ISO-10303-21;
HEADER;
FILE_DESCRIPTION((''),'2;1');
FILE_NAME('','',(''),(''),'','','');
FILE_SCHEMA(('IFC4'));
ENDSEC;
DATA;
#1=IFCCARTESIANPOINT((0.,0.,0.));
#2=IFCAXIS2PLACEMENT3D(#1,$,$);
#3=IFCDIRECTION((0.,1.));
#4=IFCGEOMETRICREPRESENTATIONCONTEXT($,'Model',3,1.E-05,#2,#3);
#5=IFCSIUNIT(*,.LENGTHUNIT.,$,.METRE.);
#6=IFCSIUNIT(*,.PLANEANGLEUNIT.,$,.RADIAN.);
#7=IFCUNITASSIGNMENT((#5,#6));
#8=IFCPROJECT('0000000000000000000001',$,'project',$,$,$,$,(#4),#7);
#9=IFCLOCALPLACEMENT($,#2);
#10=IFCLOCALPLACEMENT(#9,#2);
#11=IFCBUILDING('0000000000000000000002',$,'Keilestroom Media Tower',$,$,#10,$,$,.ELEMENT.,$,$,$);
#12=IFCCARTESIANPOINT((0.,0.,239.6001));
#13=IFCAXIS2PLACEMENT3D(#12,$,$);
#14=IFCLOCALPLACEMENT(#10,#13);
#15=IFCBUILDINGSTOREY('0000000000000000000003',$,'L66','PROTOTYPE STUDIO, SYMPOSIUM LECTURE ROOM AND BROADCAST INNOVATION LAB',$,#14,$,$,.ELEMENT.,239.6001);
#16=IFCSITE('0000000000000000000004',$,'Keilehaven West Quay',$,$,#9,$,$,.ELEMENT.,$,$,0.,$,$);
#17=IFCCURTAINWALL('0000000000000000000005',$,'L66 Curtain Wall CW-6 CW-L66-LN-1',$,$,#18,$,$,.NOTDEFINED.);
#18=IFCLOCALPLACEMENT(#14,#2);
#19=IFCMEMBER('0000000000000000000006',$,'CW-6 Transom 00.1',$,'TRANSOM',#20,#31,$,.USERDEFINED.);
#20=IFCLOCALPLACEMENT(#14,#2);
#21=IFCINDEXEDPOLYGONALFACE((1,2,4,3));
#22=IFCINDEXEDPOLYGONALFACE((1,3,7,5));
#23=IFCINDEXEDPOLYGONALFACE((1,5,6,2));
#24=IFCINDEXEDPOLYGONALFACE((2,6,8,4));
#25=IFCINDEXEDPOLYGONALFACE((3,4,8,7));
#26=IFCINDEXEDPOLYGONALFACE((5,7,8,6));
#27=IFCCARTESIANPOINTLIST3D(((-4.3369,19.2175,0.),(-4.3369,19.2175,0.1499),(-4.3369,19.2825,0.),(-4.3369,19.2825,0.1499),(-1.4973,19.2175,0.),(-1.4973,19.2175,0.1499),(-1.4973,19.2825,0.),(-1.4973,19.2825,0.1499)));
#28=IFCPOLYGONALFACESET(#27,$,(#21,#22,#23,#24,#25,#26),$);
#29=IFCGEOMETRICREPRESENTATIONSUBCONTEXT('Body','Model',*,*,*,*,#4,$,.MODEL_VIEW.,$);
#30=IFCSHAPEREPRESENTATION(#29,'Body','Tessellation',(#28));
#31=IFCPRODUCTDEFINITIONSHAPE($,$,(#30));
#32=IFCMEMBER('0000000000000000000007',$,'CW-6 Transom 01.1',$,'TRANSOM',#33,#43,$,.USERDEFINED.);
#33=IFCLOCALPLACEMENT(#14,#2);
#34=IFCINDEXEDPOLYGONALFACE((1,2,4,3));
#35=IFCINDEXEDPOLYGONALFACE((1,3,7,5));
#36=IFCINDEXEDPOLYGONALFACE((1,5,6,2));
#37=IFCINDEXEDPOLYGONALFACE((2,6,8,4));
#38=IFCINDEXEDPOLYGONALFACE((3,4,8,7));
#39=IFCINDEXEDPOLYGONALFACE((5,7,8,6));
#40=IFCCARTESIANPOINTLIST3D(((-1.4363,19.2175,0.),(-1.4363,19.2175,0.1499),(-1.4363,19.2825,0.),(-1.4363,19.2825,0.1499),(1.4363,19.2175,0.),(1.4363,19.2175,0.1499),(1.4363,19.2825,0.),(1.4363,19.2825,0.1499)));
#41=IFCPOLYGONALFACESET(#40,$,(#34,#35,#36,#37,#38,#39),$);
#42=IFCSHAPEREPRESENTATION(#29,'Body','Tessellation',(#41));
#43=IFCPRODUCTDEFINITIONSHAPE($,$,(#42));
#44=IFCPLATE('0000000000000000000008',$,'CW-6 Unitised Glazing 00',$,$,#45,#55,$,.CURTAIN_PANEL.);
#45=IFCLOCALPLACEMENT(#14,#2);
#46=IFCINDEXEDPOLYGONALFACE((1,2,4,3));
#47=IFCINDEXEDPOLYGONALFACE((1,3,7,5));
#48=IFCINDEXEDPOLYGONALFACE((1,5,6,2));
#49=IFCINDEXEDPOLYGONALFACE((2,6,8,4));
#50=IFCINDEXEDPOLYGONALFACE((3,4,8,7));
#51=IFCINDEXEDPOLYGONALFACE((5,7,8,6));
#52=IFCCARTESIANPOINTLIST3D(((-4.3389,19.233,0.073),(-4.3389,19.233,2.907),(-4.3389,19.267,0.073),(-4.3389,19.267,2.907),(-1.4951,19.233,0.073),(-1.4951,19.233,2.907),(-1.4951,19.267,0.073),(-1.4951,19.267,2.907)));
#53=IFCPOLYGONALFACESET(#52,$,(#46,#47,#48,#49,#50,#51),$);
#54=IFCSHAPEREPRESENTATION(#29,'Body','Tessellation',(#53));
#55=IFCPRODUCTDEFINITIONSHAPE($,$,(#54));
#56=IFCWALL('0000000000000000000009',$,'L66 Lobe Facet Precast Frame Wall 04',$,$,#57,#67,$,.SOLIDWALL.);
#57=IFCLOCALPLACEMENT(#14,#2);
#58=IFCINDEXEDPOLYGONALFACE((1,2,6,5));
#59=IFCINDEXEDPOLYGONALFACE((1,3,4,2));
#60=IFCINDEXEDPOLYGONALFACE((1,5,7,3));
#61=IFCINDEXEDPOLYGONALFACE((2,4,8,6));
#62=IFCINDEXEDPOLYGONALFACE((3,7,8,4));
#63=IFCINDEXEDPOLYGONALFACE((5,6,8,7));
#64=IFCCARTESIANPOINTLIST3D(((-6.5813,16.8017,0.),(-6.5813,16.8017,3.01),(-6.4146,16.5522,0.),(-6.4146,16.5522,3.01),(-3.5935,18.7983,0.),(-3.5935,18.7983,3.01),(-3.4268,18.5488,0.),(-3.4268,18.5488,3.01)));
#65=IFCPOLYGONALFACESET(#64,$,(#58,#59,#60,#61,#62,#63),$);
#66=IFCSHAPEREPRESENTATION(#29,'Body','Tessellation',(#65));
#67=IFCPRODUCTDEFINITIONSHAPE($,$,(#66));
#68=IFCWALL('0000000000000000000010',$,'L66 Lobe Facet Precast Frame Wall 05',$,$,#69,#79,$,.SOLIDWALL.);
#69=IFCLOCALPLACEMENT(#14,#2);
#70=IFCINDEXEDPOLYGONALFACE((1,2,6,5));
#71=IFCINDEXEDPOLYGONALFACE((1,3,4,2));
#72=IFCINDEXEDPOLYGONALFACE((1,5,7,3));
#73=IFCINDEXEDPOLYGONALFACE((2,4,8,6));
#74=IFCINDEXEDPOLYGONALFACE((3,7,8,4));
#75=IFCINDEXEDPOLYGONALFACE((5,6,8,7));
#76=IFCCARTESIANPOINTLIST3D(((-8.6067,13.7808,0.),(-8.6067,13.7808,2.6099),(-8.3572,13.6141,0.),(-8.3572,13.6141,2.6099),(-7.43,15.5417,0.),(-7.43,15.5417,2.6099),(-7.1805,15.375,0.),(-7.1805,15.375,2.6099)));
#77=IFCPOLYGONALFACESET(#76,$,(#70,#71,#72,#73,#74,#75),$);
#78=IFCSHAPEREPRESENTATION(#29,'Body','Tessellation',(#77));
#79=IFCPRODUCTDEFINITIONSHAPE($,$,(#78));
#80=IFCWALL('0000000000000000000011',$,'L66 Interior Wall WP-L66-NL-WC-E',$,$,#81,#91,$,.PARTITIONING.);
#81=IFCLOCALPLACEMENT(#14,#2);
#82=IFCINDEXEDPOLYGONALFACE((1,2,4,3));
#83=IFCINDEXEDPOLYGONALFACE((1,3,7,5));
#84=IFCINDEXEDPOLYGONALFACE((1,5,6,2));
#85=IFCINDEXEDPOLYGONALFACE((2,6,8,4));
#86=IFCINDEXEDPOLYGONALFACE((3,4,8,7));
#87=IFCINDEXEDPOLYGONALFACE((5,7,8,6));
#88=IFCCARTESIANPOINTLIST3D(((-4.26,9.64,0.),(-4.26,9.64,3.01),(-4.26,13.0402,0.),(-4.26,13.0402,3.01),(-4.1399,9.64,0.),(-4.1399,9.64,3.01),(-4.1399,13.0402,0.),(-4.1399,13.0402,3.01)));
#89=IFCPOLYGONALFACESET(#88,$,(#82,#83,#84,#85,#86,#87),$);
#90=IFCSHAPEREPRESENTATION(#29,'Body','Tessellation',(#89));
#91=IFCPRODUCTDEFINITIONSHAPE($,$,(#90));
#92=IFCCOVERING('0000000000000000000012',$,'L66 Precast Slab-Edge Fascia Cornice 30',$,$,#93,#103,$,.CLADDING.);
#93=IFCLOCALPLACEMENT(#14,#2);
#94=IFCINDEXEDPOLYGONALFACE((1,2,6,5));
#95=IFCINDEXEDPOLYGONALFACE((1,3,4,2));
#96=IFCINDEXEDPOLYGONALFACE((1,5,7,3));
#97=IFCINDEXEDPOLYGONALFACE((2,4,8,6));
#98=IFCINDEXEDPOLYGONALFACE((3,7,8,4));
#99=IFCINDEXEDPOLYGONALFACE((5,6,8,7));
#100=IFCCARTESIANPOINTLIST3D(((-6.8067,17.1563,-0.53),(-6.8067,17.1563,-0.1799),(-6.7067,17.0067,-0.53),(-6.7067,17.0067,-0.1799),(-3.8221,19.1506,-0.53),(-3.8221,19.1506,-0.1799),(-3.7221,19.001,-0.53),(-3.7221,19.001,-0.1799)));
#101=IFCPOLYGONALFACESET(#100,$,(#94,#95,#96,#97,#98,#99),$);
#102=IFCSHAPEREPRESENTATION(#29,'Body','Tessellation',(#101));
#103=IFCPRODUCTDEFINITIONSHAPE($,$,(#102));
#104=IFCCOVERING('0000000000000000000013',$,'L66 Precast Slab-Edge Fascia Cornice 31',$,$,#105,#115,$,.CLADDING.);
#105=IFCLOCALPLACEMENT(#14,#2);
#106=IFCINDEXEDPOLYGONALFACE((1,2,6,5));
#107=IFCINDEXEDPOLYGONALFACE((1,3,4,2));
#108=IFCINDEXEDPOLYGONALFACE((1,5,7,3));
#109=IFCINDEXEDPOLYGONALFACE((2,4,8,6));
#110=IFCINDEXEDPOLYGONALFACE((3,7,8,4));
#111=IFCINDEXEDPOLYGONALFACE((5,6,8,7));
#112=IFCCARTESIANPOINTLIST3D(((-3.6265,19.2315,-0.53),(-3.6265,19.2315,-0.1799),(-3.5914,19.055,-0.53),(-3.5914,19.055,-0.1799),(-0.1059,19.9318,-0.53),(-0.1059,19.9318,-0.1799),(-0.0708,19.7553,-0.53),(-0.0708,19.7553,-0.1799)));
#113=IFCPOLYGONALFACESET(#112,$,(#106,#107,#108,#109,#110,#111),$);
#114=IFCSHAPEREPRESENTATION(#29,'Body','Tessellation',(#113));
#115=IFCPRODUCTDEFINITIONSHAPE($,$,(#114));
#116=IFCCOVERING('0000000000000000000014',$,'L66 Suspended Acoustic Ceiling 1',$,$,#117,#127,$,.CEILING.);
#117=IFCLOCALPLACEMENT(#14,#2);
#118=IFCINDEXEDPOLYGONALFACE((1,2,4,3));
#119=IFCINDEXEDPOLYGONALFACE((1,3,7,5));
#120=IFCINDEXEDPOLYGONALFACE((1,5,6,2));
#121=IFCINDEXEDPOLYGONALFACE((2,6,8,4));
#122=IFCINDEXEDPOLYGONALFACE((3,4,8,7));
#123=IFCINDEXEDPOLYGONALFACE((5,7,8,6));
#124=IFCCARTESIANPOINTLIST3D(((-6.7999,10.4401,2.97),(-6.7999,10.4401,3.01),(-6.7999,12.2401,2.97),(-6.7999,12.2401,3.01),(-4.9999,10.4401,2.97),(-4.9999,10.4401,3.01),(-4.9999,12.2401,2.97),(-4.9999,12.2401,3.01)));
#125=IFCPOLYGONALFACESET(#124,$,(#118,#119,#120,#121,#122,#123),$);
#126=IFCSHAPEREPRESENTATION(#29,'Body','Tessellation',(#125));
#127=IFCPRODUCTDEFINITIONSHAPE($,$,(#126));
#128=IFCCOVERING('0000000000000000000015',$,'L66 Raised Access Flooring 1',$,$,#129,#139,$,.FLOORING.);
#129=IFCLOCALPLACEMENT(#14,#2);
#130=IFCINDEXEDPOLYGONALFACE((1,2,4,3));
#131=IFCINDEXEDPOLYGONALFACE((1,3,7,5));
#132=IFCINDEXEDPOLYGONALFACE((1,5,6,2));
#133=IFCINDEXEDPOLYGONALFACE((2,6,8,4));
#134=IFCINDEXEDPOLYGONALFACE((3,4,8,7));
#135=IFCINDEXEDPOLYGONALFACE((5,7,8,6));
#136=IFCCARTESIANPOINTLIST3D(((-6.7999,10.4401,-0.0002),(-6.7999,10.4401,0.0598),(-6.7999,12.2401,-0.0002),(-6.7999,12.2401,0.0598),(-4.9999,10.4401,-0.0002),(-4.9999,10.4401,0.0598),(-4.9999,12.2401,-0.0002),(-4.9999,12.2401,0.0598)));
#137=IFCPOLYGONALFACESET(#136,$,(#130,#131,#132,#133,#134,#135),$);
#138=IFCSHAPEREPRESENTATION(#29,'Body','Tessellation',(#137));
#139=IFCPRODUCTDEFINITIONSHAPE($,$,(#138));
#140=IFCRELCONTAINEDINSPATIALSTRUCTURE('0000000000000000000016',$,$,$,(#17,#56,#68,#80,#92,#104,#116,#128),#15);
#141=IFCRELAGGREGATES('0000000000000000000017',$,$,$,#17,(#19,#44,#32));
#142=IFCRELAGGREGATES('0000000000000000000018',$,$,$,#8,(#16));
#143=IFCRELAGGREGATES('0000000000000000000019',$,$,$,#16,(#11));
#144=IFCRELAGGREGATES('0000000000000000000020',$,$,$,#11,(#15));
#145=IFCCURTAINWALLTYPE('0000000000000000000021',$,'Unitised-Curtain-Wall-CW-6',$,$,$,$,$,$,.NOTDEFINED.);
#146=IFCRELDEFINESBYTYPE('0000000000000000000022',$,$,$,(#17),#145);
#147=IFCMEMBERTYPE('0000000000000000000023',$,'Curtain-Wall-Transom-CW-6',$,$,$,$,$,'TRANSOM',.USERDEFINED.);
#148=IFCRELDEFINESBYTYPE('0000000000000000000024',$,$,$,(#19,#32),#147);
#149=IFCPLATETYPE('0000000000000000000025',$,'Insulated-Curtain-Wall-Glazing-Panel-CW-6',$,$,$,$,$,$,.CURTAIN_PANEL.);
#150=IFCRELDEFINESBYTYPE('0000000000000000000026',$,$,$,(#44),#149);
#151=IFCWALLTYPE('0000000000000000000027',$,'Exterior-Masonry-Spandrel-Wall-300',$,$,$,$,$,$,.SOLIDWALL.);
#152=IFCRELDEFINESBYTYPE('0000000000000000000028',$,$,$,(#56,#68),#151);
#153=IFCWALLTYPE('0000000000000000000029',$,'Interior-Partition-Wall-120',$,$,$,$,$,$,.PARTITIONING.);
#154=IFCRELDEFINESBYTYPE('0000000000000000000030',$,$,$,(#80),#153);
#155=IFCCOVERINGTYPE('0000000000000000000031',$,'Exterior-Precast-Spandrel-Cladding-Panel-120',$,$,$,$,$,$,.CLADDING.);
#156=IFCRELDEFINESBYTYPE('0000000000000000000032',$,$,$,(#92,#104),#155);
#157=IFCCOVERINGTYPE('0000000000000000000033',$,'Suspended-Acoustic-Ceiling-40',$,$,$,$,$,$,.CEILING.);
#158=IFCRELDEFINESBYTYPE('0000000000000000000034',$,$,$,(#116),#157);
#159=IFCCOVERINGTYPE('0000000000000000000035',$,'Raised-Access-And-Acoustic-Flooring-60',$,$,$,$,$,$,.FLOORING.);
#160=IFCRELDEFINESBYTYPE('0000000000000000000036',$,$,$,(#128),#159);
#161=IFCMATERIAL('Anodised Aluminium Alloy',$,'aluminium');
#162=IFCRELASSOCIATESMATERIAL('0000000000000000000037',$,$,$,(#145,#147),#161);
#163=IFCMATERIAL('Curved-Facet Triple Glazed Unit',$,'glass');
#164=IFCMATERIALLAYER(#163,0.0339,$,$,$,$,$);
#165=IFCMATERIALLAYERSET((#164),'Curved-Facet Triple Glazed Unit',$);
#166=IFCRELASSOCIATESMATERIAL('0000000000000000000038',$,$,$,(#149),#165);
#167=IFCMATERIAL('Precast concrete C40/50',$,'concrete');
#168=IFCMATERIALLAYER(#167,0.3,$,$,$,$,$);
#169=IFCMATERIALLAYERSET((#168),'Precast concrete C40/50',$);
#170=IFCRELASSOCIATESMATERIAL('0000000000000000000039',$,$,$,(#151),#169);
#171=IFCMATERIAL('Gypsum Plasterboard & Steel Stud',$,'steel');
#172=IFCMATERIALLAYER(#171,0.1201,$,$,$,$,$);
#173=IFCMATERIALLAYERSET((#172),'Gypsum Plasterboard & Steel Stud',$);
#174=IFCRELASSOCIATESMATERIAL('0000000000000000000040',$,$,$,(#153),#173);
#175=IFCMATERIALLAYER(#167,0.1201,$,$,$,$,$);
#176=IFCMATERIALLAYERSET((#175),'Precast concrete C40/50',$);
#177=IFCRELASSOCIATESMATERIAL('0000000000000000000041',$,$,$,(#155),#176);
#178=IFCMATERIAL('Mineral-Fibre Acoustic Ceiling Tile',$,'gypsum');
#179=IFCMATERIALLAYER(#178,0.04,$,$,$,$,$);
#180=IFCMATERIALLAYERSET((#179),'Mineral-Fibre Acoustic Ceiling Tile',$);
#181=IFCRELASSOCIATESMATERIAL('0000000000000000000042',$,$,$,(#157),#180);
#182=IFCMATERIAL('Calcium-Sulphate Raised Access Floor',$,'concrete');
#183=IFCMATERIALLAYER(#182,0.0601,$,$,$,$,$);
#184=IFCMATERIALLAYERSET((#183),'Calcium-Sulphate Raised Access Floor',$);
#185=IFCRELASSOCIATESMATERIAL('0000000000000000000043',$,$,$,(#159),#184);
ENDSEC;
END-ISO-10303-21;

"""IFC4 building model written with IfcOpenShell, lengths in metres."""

from ifc_helpers import new_model, si_unit, direction, frame, frame_2d, origin, origin_2d, place, context, subcontext, project, spatial, rectangle, extrude, source, transform, mapped, material, layer, layer_set, material_profile, profile_set, type_object, element, aggregate, save


model = new_model("IFC4")

# Units and contexts
model_context = context("Model", 3, precision=1e-05, world=origin(), true_north=direction((0.0, 1.0)))
body_context = subcontext(model_context, "Body", "Model", "MODEL_VIEW")
ifc_project = project(units=[si_unit("LENGTHUNIT", "METRE"), si_unit("PLANEANGLEUNIT", "RADIAN")], contexts=[model_context])

# Site, building, storey
site_placement = place(None, origin())
site = spatial("IfcSite", under=ifc_project, at=site_placement, Name="Keilehaven West Quay", CompositionType="ELEMENT", RefElevation=0.0)
building_placement = place(site_placement, origin())
building = spatial("IfcBuilding", under=site, at=building_placement, Name="Keilestroom Media Tower", CompositionType="ELEMENT")
storey_placement = place(building_placement, frame((0.0, 0.0, 239.6001)))
storey = spatial("IfcBuildingStorey", under=building, at=storey_placement, Name="L66", Description="PROTOTYPE STUDIO, SYMPOSIUM LECTURE ROOM AND BROADCAST INNOVATION LAB", CompositionType="ELEMENT", Elevation=239.6001)

# Curtain wall, members, plate
ifc_material_1 = material(Name="Anodised Aluminium Alloy", Category="aluminium")
curtain_wall_type = type_object("IfcCurtainWallType", Name="Unitised-Curtain-Wall-CW-6", PredefinedType="NOTDEFINED", material=ifc_material_1)
curtain_wall_placement = place(storey_placement, origin())
curtain_wall = element("IfcCurtainWall", 1, at=curtain_wall_placement, inside=storey, type_object=curtain_wall_type, Name="L66 Curtain Wall CW-6 CW-L66-LN-1", PredefinedType="NOTDEFINED")
ifc_material_profile_1 = material_profile(ifc_material_1, rectangle(XDim=0.0649, YDim=0.1499, at=origin_2d()), Name="ALU TRANSOM 65x150")
ifc_profile_set_1 = profile_set([ifc_material_profile_1], Name="Anodised Aluminium Alloy")
member_type_1 = type_object("IfcMemberType", Name="Curtain-Wall-Transom-CW-6", ElementType="TRANSOM", PredefinedType="USERDEFINED", material=ifc_profile_set_1)
shared_shape_1 = source(origin(), body_context, "Body", "SweptSolid", [
    extrude(rectangle(XDim=0.0649, YDim=0.1499, at=origin_2d()), origin(), (0.0, 0.0, 1.0), 2.8396),
])
member_1_placement = place(storey_placement, frame((-4.3369, 19.25, 0.075), z_axis=(1.0, 0.0, 0.0), x_axis=(0.0, 1.0, 0.0)))
member_1 = element("IfcMember", 2, at=member_1_placement, type_object=member_type_1, Name="CW-6 Transom 00.1", ObjectType="TRANSOM", PredefinedType="USERDEFINED", context=body_context, shape_type="MappedRepresentation", body=[
    mapped(shared_shape_1, transform((0.0, 0.0, 0.0), x_axis=(1.0, 0.0, 0.0), y_axis=(0.0, 1.0, 0.0), z_axis=(0.0, 0.0, 1.0), scale=1.0)),
])
shared_shape_2 = source(origin(), body_context, "Body", "SweptSolid", [
    extrude(rectangle(XDim=0.0649, YDim=0.1499, at=origin_2d()), origin(), (0.0, 0.0, 1.0), 2.8726),
])
member_2_placement = place(storey_placement, frame((-1.4363, 19.25, 0.075), z_axis=(1.0, 0.0, 0.0), x_axis=(0.0, 1.0, 0.0)))
member_2 = element("IfcMember", 3, at=member_2_placement, type_object=member_type_1, Name="CW-6 Transom 01.1", ObjectType="TRANSOM", PredefinedType="USERDEFINED", context=body_context, shape_type="MappedRepresentation", body=[
    mapped(shared_shape_2, transform((0.0, 0.0, 0.0), x_axis=(1.0, 0.0, 0.0), y_axis=(0.0, 1.0, 0.0), z_axis=(0.0, 0.0, 1.0), scale=1.0)),
])
ifc_material_2 = material(Name="Curved-Facet Triple Glazed Unit", Category="glass")
ifc_layer_1 = layer(ifc_material_2, 0.0339)
ifc_layer_set_1 = layer_set([ifc_layer_1], Name="Curved-Facet Triple Glazed Unit")
plate_type = type_object("IfcPlateType", Name="Insulated-Curtain-Wall-Glazing-Panel-CW-6", PredefinedType="CURTAIN_PANEL", material=ifc_layer_set_1)
shared_shape_3 = source(origin(), body_context, "Body", "SweptSolid", [
    extrude(rectangle(XDim=2.8438, YDim=0.0339, at=origin_2d()), origin(), (0.0, 0.0, 1.0), 2.834),
])
plate_placement = place(storey_placement, frame((-2.917, 19.25, 0.073), z_axis=(0.0, 0.0, 1.0), x_axis=(1.0, 0.0, 0.0)))
plate = element("IfcPlate", 4, at=plate_placement, type_object=plate_type, Name="CW-6 Unitised Glazing 00", PredefinedType="CURTAIN_PANEL", context=body_context, shape_type="MappedRepresentation", body=[
    mapped(shared_shape_3, transform((0.0, 0.0, 0.0), x_axis=(1.0, 0.0, 0.0), y_axis=(0.0, 1.0, 0.0), z_axis=(0.0, 0.0, 1.0), scale=1.0)),
])
aggregate(curtain_wall, [member_1, plate, member_2])

# Walls
ifc_material_3 = material(Name="Precast concrete C40/50", Category="concrete")
ifc_layer_2 = layer(ifc_material_3, 0.3)
ifc_layer_set_2 = layer_set([ifc_layer_2], Name="Precast concrete C40/50")
wall_type_1 = type_object("IfcWallType", Name="Exterior-Masonry-Spandrel-Wall-300", PredefinedType="SOLIDWALL", material=ifc_layer_set_2)
wall_1_placement = place(storey_placement, frame((-3.51, 18.6736, 0.0), z_axis=(0.0, 0.0, 1.0), x_axis=(-0.831444, -0.555609, 0.0)))
element("IfcWall", 5, at=wall_1_placement, inside=storey, type_object=wall_type_1, Name="L66 Lobe Facet Precast Frame Wall 04", PredefinedType="SOLIDWALL", context=body_context, shape_type="SweptSolid", body=[
    extrude(rectangle(XDim=3.5935, YDim=0.3, at=frame_2d((1.7969, 0.0))), origin(), (0.0, 0.0, 1.0), 3.01),
])
wall_2_placement = place(storey_placement, frame((-7.3052, 15.4585, 0.0), z_axis=(0.0, 0.0, 1.0), x_axis=(-0.555604, -0.831447, 0.0)))
element("IfcWall", 6, at=wall_2_placement, inside=storey, type_object=wall_type_1, Name="L66 Lobe Facet Precast Frame Wall 05", PredefinedType="SOLIDWALL", context=body_context, shape_type="SweptSolid", body=[
    extrude(rectangle(XDim=2.1179, YDim=0.3, at=frame_2d((1.0591, 0.0))), origin(), (0.0, 0.0, 1.0), 2.6099),
])
ifc_material_4 = material(Name="Gypsum Plasterboard & Steel Stud", Category="steel")
ifc_layer_3 = layer(ifc_material_4, 0.1201)
ifc_layer_set_3 = layer_set([ifc_layer_3], Name="Gypsum Plasterboard & Steel Stud")
wall_type_2 = type_object("IfcWallType", Name="Interior-Partition-Wall-120", PredefinedType="PARTITIONING", material=ifc_layer_set_3)
wall_3_placement = place(storey_placement, frame((-4.2, 9.6399, 0.0), z_axis=(0.0, 0.0, 1.0), x_axis=(0.0, 1.0, 0.0)))
element("IfcWall", 7, at=wall_3_placement, inside=storey, type_object=wall_type_2, Name="L66 Interior Wall WP-L66-NL-WC-E", PredefinedType="PARTITIONING", context=body_context, shape_type="SweptSolid", body=[
    extrude(rectangle(XDim=3.4001, YDim=0.1201, at=frame_2d((1.7002, 0.0))), origin(), (0.0, 0.0, 1.0), 3.01),
])

# Coverings
ifc_layer_4 = layer(ifc_material_3, 0.1201)
ifc_layer_set_4 = layer_set([ifc_layer_4], Name="Precast concrete C40/50")
covering_type_1 = type_object("IfcCoveringType", Name="Exterior-Precast-Spandrel-Cladding-Panel-120", PredefinedType="CLADDING", material=ifc_layer_set_4)
shared_shape_4 = source(origin(), body_context, "Body", "SweptSolid", [
    extrude(rectangle(XDim=3.5896, YDim=0.1799, at=origin_2d()), origin(), (0.0, 0.0, 1.0), 0.3501),
])
for number, where, z_axis, x_axis, name in (
    (8, (-5.2644, 18.0786, -0.53), (0.0, 0.0, 1.0), (0.831467, 0.555575, 0.0), "L66 Precast Slab-Edge Fascia Cornice 30"),
    (9, (-1.8486, 19.4934, -0.53), (0.0, 0.0, 1.0), (0.980784, 0.195099, 0.0), "L66 Precast Slab-Edge Fascia Cornice 31"),
):
    element("IfcCovering", number, at=place(storey_placement, frame(where, z_axis=z_axis, x_axis=x_axis)), inside=storey, type_object=covering_type_1, Name=name, PredefinedType="CLADDING", context=body_context, shape_type="MappedRepresentation", body=[
        mapped(shared_shape_4, transform((0.0, 0.0, 0.0), x_axis=(1.0, 0.0, 0.0), y_axis=(0.0, 1.0, 0.0), z_axis=(0.0, 0.0, 1.0), scale=1.0)),
    ])
ifc_material_5 = material(Name="Mineral-Fibre Acoustic Ceiling Tile", Category="gypsum")
ifc_layer_5 = layer(ifc_material_5, 0.04)
ifc_layer_set_5 = layer_set([ifc_layer_5], Name="Mineral-Fibre Acoustic Ceiling Tile")
covering_type_2 = type_object("IfcCoveringType", Name="Suspended-Acoustic-Ceiling-40", PredefinedType="CEILING", material=ifc_layer_set_5)
shared_shape_5 = source(origin(), body_context, "Body", "SweptSolid", [
    extrude(rectangle(XDim=1.8, YDim=1.8, at=origin_2d()), origin(), (0.0, 0.0, 1.0), 0.04),
])
covering_1_placement = place(storey_placement, frame((-5.8999, 11.3401, 2.97), z_axis=(0.0, 0.0, 1.0), x_axis=(1.0, 0.0, 0.0)))
element("IfcCovering", 10, at=covering_1_placement, inside=storey, type_object=covering_type_2, Name="L66 Suspended Acoustic Ceiling 1", PredefinedType="CEILING", context=body_context, shape_type="MappedRepresentation", body=[
    mapped(shared_shape_5, transform((0.0, 0.0, 0.0), x_axis=(1.0, 0.0, 0.0), y_axis=(0.0, 1.0, 0.0), z_axis=(0.0, 0.0, 1.0), scale=1.0)),
])
ifc_material_6 = material(Name="Calcium-Sulphate Raised Access Floor", Category="concrete")
ifc_layer_6 = layer(ifc_material_6, 0.0601)
ifc_layer_set_6 = layer_set([ifc_layer_6], Name="Calcium-Sulphate Raised Access Floor")
covering_type_3 = type_object("IfcCoveringType", Name="Raised-Access-And-Acoustic-Flooring-60", PredefinedType="FLOORING", material=ifc_layer_set_6)
shared_shape_6 = source(origin(), body_context, "Body", "SweptSolid", [
    extrude(rectangle(XDim=1.8, YDim=1.8, at=origin_2d()), origin(), (0.0, 0.0, 1.0), 0.0601),
])
covering_2_placement = place(storey_placement, frame((-5.8999, 11.3401, -0.0002), z_axis=(0.0, 0.0, 1.0), x_axis=(1.0, 0.0, 0.0)))
element("IfcCovering", 11, at=covering_2_placement, inside=storey, type_object=covering_type_3, Name="L66 Raised Access Flooring 1", PredefinedType="FLOORING", context=body_context, shape_type="MappedRepresentation", body=[
    mapped(shared_shape_6, transform((0.0, 0.0, 0.0), x_axis=(1.0, 0.0, 0.0), y_axis=(0.0, 1.0, 0.0), z_axis=(0.0, 0.0, 1.0), scale=1.0)),
])

save(model, "model.ifc")
